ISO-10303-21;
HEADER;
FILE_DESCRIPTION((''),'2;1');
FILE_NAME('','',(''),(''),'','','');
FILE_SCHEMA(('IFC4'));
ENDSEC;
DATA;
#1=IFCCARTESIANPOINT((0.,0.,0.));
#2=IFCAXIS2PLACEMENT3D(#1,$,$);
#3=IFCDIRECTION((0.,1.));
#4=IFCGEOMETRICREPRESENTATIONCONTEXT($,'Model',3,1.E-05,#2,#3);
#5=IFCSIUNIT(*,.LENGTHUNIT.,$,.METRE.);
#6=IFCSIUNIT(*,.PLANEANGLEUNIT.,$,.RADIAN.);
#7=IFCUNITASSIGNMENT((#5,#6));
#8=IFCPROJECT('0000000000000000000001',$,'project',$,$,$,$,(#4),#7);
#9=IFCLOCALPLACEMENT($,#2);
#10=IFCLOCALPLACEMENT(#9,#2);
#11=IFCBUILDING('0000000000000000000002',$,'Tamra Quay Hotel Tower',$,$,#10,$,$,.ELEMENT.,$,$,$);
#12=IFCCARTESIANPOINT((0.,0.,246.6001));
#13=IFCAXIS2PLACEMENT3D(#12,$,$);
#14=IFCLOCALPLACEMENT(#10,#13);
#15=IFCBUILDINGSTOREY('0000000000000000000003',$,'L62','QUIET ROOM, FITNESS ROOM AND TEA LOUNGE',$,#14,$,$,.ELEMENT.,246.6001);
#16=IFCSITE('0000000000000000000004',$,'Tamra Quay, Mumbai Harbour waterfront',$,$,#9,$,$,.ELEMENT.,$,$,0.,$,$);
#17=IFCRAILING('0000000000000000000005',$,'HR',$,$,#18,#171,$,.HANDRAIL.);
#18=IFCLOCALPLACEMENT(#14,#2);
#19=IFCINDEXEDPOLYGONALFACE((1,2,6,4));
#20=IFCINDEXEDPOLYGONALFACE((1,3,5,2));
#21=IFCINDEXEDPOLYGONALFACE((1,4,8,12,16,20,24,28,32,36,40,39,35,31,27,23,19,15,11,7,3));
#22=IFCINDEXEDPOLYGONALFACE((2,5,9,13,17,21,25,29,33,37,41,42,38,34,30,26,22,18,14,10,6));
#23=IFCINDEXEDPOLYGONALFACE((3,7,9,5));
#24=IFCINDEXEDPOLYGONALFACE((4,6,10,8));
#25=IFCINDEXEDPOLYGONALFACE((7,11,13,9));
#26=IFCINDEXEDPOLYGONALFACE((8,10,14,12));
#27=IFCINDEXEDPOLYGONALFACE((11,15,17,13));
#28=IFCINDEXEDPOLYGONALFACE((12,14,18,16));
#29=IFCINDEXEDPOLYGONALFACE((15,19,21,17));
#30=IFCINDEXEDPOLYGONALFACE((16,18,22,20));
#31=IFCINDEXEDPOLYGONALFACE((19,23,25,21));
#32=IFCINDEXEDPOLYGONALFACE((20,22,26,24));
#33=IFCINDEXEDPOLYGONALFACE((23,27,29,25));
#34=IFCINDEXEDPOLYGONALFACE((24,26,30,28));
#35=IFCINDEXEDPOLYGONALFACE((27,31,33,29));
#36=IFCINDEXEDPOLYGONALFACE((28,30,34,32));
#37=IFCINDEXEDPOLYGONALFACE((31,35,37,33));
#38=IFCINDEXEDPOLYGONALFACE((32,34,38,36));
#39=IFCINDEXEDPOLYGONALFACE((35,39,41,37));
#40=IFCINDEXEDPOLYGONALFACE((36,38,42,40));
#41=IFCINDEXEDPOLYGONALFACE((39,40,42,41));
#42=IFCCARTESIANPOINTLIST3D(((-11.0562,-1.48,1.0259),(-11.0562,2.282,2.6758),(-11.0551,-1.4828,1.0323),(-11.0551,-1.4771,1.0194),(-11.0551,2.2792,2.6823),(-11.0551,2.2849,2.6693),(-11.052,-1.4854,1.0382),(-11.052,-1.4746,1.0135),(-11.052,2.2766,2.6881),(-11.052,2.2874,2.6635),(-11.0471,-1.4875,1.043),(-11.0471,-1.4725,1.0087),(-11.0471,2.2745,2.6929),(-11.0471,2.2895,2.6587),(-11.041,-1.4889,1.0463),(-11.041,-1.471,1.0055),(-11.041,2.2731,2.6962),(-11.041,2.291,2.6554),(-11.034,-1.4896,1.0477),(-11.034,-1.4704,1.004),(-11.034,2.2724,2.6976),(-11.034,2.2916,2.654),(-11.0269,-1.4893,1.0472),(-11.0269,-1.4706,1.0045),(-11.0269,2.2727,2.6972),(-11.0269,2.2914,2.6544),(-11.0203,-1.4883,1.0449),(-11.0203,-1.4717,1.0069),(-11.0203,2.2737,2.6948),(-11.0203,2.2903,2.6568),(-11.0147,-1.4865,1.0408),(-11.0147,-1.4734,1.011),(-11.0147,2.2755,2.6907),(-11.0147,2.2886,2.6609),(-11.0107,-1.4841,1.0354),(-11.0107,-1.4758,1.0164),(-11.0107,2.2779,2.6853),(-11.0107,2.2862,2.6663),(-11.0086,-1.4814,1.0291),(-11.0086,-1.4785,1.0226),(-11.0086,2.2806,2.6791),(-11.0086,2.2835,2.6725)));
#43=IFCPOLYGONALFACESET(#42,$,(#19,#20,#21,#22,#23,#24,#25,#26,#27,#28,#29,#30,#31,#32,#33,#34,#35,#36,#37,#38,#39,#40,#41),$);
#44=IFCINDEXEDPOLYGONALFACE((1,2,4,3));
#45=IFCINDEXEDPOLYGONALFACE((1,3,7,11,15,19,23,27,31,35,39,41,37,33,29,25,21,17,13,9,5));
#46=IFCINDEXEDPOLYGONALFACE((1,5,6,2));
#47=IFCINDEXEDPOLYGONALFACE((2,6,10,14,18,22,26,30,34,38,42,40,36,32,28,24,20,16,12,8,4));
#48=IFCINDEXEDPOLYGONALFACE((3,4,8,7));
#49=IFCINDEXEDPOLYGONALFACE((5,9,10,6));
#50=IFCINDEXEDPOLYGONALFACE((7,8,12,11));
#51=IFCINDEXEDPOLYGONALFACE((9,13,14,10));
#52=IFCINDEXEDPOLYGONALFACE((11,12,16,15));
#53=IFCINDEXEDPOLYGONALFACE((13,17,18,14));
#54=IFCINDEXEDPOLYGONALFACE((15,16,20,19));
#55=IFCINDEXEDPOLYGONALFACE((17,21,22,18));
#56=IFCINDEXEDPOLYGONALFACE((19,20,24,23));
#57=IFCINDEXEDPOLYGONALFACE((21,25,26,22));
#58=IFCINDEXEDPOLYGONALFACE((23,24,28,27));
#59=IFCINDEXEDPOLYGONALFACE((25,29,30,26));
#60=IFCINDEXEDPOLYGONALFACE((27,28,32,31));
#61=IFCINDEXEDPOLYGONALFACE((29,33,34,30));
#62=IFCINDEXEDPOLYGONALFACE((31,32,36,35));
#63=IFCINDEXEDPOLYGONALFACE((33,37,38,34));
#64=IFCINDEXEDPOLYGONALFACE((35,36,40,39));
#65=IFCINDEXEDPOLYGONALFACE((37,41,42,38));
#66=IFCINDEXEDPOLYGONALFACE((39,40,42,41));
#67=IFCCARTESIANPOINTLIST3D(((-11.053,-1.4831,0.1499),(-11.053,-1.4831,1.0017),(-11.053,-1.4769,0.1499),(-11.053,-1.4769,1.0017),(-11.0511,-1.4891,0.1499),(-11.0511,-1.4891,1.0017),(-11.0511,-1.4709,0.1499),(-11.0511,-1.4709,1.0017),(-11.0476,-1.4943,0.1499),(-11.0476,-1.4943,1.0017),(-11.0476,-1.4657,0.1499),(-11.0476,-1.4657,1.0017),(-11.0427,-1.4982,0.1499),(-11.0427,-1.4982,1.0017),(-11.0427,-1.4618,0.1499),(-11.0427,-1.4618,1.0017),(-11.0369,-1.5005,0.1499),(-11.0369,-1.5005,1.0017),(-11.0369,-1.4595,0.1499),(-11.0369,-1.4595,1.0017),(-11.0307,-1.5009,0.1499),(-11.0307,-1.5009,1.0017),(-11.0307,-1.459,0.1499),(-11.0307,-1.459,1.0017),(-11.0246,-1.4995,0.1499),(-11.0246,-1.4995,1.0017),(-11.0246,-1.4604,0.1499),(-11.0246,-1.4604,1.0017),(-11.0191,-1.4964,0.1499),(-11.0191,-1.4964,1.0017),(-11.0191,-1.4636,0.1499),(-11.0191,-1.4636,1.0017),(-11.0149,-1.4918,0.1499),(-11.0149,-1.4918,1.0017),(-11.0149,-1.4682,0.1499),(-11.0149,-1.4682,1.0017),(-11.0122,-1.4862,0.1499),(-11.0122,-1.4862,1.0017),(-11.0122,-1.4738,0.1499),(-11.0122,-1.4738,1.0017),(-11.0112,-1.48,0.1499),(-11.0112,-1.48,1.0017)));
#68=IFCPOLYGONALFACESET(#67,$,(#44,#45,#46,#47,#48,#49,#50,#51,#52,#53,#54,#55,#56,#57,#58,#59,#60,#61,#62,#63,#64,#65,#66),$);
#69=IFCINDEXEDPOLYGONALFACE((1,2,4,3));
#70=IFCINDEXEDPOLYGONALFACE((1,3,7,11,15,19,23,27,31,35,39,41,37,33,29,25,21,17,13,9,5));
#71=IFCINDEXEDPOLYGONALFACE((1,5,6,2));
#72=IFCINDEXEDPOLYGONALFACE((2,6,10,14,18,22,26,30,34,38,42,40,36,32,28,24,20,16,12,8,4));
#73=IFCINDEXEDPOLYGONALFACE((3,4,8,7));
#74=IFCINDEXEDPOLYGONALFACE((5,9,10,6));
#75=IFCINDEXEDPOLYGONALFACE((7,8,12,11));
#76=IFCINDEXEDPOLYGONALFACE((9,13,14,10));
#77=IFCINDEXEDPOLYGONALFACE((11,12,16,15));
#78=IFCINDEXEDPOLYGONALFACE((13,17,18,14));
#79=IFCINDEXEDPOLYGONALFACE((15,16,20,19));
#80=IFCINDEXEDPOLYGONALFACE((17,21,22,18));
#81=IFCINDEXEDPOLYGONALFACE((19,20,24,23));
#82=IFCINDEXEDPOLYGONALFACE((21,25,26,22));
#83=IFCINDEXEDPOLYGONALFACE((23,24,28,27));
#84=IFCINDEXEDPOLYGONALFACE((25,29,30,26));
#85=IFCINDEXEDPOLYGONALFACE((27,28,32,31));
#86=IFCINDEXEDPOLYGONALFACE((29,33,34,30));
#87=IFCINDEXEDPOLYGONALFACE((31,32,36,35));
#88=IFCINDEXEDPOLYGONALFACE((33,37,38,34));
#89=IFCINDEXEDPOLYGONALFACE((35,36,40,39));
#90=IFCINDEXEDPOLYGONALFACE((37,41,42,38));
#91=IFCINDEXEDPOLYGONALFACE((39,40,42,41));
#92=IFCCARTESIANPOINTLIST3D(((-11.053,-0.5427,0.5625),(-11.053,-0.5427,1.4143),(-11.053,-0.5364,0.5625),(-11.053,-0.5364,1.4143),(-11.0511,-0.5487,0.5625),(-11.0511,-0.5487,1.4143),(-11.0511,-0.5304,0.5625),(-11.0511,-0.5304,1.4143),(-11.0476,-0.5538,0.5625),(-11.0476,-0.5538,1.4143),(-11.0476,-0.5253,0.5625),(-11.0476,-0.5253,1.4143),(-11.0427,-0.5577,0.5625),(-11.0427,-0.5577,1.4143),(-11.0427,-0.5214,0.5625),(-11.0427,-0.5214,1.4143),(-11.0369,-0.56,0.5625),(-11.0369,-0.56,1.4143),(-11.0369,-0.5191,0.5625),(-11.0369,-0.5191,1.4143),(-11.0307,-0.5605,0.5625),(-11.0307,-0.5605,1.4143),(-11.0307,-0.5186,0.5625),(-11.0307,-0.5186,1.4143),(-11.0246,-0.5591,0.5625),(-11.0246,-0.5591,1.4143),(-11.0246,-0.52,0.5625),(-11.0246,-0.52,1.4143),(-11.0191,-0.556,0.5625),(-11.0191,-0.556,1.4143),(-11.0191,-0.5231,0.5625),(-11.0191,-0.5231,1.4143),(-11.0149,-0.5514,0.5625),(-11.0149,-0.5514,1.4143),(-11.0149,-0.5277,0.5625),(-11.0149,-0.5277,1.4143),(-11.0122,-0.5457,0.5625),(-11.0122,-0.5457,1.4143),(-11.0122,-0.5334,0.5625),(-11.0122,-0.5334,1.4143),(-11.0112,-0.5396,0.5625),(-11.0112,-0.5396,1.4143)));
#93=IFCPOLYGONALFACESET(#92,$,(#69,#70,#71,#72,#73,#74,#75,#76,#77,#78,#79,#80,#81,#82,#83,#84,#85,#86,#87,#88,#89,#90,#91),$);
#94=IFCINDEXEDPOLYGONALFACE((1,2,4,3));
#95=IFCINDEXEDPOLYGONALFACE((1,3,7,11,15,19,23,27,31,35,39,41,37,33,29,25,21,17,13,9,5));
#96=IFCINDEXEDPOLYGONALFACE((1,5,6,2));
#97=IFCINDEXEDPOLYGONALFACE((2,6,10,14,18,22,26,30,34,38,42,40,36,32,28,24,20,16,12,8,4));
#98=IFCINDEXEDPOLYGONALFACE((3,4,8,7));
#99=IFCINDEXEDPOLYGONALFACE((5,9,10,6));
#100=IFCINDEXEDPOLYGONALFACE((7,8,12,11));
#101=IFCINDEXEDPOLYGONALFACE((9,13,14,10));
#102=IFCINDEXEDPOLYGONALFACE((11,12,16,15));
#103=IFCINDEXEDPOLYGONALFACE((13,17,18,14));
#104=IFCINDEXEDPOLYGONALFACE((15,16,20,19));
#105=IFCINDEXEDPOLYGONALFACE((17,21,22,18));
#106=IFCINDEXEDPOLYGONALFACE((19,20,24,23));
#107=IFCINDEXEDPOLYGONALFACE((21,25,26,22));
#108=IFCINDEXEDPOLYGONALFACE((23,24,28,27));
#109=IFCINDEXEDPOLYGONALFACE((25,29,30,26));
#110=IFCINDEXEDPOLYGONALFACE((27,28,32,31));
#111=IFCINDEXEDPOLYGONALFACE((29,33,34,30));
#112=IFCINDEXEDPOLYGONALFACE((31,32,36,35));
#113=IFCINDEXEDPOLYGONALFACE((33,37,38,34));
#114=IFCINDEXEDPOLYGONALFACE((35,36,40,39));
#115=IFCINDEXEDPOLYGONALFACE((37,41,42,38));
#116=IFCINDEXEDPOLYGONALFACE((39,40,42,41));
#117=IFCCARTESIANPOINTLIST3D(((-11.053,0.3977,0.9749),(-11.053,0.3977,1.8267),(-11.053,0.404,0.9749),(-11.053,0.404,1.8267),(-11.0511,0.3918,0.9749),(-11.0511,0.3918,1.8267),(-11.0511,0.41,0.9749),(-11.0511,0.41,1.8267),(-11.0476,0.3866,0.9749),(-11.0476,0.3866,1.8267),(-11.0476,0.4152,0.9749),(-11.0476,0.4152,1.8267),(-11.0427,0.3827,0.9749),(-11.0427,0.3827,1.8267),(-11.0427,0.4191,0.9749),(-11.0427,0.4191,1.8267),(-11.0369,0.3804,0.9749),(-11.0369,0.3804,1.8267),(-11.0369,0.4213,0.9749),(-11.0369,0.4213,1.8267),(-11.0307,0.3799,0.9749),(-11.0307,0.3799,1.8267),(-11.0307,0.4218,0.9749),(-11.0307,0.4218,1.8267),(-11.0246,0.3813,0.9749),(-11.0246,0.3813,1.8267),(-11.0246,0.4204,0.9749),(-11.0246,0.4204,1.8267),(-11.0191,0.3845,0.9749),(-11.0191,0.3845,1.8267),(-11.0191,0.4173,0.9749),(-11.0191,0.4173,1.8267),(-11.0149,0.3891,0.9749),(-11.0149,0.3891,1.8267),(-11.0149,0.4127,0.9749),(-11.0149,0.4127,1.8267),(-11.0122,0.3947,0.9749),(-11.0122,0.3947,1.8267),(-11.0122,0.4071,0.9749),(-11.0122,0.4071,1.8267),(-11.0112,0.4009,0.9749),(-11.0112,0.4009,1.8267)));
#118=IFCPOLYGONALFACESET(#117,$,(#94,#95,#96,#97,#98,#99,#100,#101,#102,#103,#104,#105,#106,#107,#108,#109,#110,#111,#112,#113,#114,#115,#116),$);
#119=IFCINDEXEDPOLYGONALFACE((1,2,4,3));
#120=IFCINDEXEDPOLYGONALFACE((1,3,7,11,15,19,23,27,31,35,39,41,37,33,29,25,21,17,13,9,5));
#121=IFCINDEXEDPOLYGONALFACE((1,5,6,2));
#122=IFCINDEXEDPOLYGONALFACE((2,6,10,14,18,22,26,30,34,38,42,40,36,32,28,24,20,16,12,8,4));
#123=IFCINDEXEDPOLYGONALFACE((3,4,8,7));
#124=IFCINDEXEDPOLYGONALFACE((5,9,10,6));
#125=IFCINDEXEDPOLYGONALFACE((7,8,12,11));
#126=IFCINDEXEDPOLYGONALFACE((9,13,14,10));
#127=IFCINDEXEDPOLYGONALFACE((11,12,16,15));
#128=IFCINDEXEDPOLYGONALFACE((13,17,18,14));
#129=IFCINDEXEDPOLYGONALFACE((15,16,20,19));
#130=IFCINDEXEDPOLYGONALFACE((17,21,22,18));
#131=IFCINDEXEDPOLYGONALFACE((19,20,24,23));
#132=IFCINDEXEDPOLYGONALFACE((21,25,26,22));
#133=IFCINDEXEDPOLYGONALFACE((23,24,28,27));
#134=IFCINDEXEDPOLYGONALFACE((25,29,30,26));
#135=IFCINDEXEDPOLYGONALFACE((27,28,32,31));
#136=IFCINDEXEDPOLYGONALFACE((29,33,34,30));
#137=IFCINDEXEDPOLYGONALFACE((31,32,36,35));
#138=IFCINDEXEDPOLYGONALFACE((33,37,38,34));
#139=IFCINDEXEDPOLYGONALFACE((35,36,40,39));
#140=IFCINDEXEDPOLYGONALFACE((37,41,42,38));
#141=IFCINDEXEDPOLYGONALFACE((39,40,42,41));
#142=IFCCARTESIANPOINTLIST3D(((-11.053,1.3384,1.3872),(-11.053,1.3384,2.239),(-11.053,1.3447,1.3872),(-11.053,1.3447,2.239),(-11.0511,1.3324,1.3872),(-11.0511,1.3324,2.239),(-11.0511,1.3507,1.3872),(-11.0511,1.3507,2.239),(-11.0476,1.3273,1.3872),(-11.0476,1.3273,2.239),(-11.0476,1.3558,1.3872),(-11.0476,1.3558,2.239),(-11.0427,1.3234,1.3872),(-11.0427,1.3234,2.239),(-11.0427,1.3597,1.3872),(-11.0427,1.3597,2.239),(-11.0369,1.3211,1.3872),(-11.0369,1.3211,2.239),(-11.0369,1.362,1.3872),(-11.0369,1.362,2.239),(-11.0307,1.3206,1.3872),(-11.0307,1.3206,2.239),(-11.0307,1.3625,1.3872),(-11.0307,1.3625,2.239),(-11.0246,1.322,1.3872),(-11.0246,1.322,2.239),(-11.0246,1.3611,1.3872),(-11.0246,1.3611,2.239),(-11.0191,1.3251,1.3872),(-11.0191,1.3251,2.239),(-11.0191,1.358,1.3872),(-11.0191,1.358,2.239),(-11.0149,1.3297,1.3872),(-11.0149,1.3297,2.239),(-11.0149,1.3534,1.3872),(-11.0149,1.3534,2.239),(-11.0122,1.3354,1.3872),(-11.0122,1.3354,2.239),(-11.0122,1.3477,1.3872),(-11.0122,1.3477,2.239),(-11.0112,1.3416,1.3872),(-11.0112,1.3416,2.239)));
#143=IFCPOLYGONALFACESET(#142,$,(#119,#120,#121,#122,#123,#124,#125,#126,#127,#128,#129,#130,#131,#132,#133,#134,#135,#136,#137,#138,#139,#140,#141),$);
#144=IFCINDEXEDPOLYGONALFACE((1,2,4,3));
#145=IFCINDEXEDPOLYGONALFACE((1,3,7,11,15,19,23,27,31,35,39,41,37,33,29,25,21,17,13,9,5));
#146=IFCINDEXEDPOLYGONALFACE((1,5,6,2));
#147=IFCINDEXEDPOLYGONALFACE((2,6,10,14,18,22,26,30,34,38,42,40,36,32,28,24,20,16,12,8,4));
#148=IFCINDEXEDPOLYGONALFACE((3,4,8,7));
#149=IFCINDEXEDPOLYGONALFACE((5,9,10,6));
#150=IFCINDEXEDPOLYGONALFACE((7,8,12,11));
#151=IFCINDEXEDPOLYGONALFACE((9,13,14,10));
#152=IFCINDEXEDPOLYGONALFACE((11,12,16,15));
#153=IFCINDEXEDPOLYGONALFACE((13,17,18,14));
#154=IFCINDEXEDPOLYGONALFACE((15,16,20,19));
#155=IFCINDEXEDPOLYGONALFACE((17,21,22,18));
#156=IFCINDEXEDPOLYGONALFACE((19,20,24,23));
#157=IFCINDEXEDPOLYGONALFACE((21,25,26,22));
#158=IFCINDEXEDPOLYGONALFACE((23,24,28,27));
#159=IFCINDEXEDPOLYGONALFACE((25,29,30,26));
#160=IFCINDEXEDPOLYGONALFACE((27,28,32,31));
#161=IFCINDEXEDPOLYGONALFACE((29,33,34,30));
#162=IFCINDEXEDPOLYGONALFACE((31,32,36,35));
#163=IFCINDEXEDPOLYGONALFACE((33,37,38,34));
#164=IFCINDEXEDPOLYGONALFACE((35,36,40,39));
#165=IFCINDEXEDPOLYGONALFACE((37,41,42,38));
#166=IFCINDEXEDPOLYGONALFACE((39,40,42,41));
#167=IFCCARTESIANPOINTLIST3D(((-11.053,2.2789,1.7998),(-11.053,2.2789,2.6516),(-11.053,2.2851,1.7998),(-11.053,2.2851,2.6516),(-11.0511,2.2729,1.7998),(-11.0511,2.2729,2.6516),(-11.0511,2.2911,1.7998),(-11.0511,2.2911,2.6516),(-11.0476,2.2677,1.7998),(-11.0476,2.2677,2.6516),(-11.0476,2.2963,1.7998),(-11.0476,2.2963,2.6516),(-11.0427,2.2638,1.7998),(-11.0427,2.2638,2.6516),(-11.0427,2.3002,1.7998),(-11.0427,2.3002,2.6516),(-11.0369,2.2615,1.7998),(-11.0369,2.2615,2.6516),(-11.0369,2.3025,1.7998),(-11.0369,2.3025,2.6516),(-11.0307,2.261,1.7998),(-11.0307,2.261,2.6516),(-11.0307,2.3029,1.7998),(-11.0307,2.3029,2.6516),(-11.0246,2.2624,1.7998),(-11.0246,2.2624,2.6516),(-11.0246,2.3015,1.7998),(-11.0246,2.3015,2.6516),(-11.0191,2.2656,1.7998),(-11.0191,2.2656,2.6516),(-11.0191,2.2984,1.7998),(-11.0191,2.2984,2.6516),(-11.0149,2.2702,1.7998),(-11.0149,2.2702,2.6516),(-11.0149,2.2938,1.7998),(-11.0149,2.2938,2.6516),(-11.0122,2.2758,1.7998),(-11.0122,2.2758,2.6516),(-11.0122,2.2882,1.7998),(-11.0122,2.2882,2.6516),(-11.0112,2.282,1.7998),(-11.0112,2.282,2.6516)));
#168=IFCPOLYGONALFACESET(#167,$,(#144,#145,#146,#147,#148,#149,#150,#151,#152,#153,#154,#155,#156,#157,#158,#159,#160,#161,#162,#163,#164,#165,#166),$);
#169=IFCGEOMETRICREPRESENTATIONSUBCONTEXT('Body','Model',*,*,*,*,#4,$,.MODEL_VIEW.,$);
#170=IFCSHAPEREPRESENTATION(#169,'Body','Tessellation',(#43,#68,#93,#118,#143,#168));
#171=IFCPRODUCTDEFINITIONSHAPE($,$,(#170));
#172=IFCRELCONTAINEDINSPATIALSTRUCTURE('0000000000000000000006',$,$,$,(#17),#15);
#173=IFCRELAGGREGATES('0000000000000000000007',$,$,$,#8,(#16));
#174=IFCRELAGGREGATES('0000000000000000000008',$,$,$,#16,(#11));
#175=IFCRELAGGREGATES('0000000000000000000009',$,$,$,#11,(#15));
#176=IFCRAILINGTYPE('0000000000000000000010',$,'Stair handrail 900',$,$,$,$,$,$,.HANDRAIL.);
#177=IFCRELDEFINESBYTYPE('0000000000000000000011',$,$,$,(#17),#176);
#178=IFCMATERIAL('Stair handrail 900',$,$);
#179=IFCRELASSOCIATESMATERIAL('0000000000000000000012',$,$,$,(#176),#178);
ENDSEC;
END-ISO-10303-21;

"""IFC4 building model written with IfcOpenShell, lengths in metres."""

from ifc_helpers import new_model, si_unit, direction, frame, origin, origin_2d, place, context, subcontext, project, spatial, circle, extrude, material, type_object, element, save


model = new_model("IFC4")

# Units and contexts
model_context = context("Model", 3, precision=1e-05, world=origin(), true_north=direction((0.0, 1.0)))
body_context = subcontext(model_context, "Body", "Model", "MODEL_VIEW")
ifc_project = project(units=[si_unit("LENGTHUNIT", "METRE"), si_unit("PLANEANGLEUNIT", "RADIAN")], contexts=[model_context])

# Site, building, storey
site_placement = place(None, origin())
site = spatial("IfcSite", under=ifc_project, at=site_placement, Name="Tamra Quay, Mumbai Harbour waterfront", CompositionType="ELEMENT", RefElevation=0.0)
building_placement = place(site_placement, origin())
building = spatial("IfcBuilding", under=site, at=building_placement, Name="Tamra Quay Hotel Tower", CompositionType="ELEMENT")
storey_placement = place(building_placement, frame((0.0, 0.0, 246.6001)))
storey = spatial("IfcBuildingStorey", under=building, at=storey_placement, Name="L62", Description="QUIET ROOM, FITNESS ROOM AND TEA LOUNGE", CompositionType="ELEMENT", Elevation=246.6001)

# Railing
ifc_material_1 = material(Name="Stair handrail 900")
railing_type_1 = type_object("IfcRailingType", Name="Stair handrail 900", PredefinedType="HANDRAIL", material=ifc_material_1)
railing_1_placement = place(storey_placement, frame((-11.0322, -1.48, 0.1499)))
element("IfcRailing", 1, at=railing_1_placement, inside=storey, type_object=railing_type_1, Name="HR", PredefinedType="HANDRAIL", context=body_context, shape_type="SweptSolid", body=[
    extrude(circle(Radius=0.0239, at=origin_2d()), frame((0.0, 0.0, 0.876), z_axis=(0.0, 0.915795, 0.401645), x_axis=(-1.0, 0.0, 0.0)), (0.0, 0.0, 1.0), 4.1079),
    extrude(circle(Radius=0.021, at=origin_2d()), origin(), (0.0, 0.0, 1.0), 0.8518),
    extrude(circle(Radius=0.021, at=origin_2d()), frame((0.0, 0.9404, 0.4126)), (0.0, 0.0, 1.0), 0.8518),
    extrude(circle(Radius=0.021, at=origin_2d()), frame((0.0, 1.8809, 0.825)), (0.0, 0.0, 1.0), 0.8518),
    extrude(circle(Radius=0.021, at=origin_2d()), frame((0.0, 2.8215, 1.2373)), (0.0, 0.0, 1.0), 0.8518),
    extrude(circle(Radius=0.021, at=origin_2d()), frame((0.0, 3.762, 1.6499)), (0.0, 0.0, 1.0), 0.8518),
])

save(model, "model.ifc")
